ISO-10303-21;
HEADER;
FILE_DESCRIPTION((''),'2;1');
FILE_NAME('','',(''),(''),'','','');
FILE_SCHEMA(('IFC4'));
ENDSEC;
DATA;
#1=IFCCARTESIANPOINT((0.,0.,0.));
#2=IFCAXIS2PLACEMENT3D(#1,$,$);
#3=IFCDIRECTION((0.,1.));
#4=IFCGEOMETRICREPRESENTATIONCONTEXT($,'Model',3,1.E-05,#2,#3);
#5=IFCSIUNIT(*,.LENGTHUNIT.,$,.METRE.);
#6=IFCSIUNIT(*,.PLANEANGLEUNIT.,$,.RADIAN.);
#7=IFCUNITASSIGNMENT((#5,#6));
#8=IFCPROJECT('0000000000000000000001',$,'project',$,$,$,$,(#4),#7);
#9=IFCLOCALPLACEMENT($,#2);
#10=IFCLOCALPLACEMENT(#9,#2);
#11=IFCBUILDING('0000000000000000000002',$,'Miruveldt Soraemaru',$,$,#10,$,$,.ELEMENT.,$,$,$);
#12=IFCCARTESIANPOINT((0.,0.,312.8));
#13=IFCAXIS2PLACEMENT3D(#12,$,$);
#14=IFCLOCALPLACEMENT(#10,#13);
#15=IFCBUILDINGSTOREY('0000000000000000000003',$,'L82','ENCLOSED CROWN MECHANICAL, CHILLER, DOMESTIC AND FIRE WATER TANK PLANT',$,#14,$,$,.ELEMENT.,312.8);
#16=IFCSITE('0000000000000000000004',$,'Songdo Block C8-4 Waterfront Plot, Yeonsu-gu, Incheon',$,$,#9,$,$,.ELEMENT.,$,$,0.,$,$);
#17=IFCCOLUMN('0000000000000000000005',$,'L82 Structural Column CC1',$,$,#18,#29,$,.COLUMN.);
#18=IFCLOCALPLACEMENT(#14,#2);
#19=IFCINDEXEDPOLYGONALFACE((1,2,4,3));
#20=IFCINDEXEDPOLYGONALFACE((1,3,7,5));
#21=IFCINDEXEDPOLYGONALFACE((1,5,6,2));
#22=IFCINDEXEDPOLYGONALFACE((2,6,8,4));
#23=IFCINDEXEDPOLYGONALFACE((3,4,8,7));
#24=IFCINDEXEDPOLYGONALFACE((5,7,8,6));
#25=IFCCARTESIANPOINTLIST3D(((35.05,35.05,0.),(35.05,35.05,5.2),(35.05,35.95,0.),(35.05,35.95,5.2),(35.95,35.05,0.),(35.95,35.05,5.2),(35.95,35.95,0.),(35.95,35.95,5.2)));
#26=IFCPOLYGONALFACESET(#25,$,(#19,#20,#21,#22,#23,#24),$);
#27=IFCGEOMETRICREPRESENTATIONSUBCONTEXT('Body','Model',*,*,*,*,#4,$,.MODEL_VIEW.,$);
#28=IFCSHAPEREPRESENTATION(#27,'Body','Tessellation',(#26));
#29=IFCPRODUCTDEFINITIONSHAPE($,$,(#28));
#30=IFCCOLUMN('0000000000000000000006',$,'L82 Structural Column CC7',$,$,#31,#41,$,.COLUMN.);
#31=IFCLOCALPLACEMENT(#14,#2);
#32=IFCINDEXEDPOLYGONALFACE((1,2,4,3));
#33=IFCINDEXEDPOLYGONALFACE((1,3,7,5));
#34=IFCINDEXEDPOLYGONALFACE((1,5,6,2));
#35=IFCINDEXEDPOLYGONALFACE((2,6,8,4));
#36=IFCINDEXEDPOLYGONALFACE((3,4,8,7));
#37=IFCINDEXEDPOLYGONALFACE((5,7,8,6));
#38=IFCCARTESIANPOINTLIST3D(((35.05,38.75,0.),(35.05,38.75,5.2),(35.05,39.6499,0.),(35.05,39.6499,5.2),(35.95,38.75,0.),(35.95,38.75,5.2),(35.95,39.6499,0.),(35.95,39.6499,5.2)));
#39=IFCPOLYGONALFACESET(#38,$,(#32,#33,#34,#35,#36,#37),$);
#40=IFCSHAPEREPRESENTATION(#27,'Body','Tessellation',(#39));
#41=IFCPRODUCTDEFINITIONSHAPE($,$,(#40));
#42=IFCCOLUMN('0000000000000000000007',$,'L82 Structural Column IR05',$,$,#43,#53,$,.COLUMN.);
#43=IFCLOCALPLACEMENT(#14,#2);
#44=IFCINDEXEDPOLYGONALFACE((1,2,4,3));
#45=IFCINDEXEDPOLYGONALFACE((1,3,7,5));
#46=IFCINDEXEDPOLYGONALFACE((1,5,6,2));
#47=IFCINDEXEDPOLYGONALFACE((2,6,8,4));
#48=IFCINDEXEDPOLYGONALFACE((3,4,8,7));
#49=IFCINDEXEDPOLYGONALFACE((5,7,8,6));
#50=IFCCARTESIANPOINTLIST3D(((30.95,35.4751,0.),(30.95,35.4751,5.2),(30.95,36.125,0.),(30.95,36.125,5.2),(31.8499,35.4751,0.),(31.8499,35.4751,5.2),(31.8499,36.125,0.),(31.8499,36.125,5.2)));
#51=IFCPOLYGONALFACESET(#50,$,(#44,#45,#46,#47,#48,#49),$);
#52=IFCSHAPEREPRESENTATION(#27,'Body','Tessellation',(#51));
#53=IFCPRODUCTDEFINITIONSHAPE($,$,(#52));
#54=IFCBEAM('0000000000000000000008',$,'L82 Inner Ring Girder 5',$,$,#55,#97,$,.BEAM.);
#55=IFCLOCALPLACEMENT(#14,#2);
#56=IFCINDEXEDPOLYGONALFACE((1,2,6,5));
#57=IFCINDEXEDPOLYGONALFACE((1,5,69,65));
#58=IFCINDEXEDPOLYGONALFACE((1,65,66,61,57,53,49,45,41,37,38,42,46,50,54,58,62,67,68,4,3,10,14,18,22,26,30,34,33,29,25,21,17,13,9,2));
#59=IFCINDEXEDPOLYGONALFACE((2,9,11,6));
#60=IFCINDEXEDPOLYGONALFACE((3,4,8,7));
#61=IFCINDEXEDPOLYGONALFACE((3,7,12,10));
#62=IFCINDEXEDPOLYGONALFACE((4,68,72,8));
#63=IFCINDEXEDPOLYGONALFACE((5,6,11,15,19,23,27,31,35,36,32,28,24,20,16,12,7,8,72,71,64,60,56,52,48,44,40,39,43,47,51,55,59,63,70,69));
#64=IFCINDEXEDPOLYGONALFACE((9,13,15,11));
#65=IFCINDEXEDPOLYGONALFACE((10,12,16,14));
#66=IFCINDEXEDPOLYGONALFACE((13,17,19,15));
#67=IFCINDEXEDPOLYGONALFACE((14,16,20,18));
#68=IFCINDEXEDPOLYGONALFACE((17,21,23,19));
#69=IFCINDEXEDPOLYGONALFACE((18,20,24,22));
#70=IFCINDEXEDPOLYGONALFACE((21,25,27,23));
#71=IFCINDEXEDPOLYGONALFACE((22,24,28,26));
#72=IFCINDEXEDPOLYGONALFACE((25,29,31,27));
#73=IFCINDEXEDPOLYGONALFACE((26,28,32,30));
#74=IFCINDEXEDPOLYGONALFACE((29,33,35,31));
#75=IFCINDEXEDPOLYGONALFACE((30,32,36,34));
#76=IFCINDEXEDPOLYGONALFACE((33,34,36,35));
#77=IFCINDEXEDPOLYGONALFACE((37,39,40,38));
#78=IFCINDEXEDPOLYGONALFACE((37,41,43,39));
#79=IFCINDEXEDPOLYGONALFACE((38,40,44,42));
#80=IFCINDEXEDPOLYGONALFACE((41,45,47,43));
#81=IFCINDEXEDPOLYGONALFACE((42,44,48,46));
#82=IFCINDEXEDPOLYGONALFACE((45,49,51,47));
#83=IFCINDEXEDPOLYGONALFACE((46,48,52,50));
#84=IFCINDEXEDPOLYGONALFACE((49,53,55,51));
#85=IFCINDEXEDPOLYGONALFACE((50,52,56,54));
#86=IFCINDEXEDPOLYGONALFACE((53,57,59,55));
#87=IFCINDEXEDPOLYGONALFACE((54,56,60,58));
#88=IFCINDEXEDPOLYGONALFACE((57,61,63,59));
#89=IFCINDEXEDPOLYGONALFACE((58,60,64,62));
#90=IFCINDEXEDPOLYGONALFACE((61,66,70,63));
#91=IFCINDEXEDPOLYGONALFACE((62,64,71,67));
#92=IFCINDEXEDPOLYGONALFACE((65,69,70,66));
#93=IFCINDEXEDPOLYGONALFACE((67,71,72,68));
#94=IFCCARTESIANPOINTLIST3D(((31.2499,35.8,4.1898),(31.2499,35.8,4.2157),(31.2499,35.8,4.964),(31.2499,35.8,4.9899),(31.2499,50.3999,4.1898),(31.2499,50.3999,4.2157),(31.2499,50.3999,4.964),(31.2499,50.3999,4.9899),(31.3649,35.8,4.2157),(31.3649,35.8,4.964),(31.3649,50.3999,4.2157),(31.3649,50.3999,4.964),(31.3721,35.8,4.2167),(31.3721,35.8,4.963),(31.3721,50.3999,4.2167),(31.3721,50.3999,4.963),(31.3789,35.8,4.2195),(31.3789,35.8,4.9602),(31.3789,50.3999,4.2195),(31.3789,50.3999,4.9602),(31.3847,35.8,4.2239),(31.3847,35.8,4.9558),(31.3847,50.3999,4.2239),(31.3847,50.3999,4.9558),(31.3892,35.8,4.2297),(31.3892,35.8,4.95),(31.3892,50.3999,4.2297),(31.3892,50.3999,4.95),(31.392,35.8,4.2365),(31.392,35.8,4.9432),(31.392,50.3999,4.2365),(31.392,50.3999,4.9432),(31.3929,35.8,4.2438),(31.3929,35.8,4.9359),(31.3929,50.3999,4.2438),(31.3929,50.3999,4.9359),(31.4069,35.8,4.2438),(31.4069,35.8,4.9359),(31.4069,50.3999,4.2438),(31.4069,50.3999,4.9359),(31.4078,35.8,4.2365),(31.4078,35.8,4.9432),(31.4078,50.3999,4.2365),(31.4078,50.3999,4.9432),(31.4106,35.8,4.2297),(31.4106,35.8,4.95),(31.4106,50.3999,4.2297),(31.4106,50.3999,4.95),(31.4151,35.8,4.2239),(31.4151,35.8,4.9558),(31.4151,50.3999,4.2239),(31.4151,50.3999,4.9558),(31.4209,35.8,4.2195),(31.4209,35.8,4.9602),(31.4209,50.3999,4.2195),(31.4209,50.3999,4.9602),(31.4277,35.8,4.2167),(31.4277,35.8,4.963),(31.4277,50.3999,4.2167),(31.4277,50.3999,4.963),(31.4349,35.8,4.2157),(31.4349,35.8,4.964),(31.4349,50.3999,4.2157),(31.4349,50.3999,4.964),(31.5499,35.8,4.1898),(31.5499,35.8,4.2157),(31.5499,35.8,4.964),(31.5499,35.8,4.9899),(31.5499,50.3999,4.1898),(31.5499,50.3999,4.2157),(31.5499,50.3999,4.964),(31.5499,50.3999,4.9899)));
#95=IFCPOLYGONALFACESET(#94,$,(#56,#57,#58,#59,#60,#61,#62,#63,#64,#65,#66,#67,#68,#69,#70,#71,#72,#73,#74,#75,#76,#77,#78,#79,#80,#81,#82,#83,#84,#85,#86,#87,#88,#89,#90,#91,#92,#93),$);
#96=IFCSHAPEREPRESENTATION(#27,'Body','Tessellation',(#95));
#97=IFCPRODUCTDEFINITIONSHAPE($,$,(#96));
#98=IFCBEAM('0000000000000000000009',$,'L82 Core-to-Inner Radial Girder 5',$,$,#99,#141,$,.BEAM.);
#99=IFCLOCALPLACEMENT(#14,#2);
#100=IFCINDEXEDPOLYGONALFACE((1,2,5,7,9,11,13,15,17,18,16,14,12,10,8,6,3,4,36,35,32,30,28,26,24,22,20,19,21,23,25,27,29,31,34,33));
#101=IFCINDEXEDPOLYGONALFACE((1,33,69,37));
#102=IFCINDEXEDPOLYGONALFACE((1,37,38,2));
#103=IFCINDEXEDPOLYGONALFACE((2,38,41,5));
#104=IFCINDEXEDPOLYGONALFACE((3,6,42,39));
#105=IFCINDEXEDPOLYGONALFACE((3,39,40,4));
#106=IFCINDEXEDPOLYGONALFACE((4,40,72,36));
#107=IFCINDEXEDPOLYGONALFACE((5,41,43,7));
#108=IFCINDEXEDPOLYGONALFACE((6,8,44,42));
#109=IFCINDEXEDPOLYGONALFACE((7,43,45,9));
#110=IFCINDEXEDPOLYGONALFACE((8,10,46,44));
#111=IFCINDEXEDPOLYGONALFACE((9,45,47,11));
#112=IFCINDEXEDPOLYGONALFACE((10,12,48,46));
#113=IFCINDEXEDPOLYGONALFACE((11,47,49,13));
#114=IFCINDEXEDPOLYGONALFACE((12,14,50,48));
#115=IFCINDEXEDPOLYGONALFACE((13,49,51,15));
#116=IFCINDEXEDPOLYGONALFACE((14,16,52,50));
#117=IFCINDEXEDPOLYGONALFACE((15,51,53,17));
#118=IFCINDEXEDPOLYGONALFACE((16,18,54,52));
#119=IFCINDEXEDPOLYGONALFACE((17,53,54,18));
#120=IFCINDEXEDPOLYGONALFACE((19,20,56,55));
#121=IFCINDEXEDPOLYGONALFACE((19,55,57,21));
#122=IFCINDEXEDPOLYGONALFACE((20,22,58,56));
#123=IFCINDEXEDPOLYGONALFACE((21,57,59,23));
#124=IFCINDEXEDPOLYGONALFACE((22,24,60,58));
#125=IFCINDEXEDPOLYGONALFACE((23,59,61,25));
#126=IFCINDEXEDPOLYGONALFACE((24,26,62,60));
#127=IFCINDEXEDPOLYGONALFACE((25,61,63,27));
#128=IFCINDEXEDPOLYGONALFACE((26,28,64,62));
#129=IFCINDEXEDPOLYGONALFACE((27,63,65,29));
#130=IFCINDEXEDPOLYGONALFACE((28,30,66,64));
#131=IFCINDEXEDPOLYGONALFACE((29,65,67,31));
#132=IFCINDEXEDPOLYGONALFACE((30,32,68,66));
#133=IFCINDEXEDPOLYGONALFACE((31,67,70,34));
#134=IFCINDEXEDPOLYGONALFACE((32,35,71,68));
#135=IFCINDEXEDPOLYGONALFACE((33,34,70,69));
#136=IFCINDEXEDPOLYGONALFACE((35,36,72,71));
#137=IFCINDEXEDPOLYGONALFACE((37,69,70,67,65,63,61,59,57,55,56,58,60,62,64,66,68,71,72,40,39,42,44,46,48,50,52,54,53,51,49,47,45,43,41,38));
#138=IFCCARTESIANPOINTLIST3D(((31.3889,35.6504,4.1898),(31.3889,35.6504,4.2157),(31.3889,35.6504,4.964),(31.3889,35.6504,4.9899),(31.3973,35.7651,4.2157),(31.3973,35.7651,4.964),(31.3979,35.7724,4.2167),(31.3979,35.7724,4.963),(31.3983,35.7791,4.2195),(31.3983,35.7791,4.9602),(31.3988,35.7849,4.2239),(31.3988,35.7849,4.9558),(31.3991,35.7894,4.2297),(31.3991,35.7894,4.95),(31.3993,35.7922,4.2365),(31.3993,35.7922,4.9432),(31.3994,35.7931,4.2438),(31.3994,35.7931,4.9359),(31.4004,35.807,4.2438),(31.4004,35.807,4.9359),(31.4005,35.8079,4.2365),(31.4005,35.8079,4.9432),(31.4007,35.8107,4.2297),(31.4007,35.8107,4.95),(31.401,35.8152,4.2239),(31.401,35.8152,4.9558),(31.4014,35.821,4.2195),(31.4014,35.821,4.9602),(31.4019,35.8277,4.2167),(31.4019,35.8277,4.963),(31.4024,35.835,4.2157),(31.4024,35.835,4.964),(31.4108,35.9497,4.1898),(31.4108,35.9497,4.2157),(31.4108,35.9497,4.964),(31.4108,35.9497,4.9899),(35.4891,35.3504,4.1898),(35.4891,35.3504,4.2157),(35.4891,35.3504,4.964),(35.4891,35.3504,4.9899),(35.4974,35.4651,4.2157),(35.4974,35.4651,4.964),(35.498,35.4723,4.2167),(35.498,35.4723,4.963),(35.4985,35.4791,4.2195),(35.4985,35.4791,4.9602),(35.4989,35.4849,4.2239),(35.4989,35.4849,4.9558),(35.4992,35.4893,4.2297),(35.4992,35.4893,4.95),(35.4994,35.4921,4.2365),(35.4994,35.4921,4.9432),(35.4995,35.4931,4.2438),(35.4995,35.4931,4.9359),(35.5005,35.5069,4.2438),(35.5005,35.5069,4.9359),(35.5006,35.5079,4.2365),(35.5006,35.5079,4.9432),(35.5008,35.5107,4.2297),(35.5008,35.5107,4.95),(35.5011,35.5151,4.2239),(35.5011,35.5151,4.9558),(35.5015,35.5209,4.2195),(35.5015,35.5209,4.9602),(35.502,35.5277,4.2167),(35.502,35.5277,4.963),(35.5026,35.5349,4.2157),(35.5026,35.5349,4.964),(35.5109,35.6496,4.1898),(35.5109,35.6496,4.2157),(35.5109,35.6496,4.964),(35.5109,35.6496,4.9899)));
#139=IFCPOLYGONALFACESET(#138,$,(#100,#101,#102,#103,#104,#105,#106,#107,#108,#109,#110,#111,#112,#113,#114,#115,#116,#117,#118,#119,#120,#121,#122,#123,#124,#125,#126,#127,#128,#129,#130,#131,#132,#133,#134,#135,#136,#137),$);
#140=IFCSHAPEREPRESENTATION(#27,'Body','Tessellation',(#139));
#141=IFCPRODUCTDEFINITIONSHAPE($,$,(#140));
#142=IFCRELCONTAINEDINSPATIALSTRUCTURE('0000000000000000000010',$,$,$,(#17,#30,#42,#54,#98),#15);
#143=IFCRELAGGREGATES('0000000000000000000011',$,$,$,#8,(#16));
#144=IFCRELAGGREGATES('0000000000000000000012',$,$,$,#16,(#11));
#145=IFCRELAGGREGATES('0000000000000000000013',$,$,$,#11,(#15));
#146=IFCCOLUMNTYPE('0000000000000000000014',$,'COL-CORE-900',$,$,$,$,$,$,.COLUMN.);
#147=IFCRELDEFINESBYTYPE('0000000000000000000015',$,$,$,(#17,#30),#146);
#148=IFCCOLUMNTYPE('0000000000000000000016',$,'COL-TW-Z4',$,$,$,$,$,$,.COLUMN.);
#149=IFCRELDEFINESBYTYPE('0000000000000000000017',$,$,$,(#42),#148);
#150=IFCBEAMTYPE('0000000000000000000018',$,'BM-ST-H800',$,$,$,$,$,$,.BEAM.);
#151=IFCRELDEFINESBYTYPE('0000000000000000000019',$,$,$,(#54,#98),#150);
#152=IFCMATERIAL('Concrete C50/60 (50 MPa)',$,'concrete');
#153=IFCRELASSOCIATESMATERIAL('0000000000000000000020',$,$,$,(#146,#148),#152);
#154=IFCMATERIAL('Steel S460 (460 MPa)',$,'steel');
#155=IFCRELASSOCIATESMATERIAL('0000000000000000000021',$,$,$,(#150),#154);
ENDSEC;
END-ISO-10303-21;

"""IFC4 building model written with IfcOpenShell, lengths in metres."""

from ifc_helpers import new_model, si_unit, direction, frame, origin, origin_2d, place, context, subcontext, project, spatial, rectangle, i_section, extrude, material, material_profile, profile_set, type_object, element, save


model = new_model("IFC4")

# Units and contexts
model_context = context("Model", 3, precision=1e-05, world=origin(), true_north=direction((0.0, 1.0)))
body_context = subcontext(model_context, "Body", "Model", "MODEL_VIEW")
ifc_project = project(units=[si_unit("LENGTHUNIT", "METRE"), si_unit("PLANEANGLEUNIT", "RADIAN")], contexts=[model_context])

# Site, building, storey
site_placement = place(None, origin())
site = spatial("IfcSite", under=ifc_project, at=site_placement, Name="Songdo Block C8-4 Waterfront Plot, Yeonsu-gu, Incheon", CompositionType="ELEMENT", RefElevation=0.0)
building_placement = place(site_placement, origin())
building = spatial("IfcBuilding", under=site, at=building_placement, Name="Miruveldt Soraemaru", CompositionType="ELEMENT")
storey_placement = place(building_placement, frame((0.0, 0.0, 312.8)))
storey = spatial("IfcBuildingStorey", under=building, at=storey_placement, Name="L82", Description="ENCLOSED CROWN MECHANICAL, CHILLER, DOMESTIC AND FIRE WATER TANK PLANT", CompositionType="ELEMENT", Elevation=312.8)

# Columns
ifc_material_1 = material(Name="Concrete C50/60 (50 MPa)", Category="concrete")
ifc_material_profile_1 = material_profile(ifc_material_1, rectangle(XDim=0.8999, YDim=0.8999, at=origin_2d()), Name="Concrete C50/60 (50 MPa)", Category="concrete")
ifc_profile_set_1 = profile_set([ifc_material_profile_1], Name="Concrete C50/60 (50 MPa)")
column_type_1 = type_object("IfcColumnType", Name="COL-CORE-900", PredefinedType="COLUMN", material=ifc_profile_set_1)
for number, where, z_axis, x_axis, name in (
    (1, (35.5, 35.5, 0.0), (0.0, 0.0, 1.0), (1.0, 0.0, 0.0), "L82 Structural Column CC1"),
    (2, (35.5, 39.2, 0.0), (0.0, 0.0, 1.0), (1.0, 0.0, 0.0), "L82 Structural Column CC7"),
):
    element("IfcColumn", number, at=place(storey_placement, frame(where, z_axis=z_axis, x_axis=x_axis)), inside=storey, type_object=column_type_1, Name=name, PredefinedType="COLUMN", context=body_context, shape_type="SweptSolid", body=[
        extrude(rectangle(XDim=0.8999, YDim=0.8999, at=origin_2d()), origin(), (0.0, 0.0, 1.0), 5.2),
    ])
ifc_material_profile_2 = material_profile(ifc_material_1, rectangle(XDim=0.8999, YDim=0.6499, at=origin_2d()), Name="Concrete C50/60 (50 MPa)", Category="concrete")
ifc_profile_set_2 = profile_set([ifc_material_profile_2], Name="Concrete C50/60 (50 MPa)")
column_type_2 = type_object("IfcColumnType", Name="COL-TW-Z4", PredefinedType="COLUMN", material=ifc_profile_set_2)
column_placement = place(storey_placement, frame((31.3999, 35.8, 0.0), z_axis=(0.0, 0.0, 1.0), x_axis=(1.0, 0.0, 0.0)))
element("IfcColumn", 3, at=column_placement, inside=storey, type_object=column_type_2, Name="L82 Structural Column IR05", PredefinedType="COLUMN", context=body_context, shape_type="SweptSolid", body=[
    extrude(rectangle(XDim=0.8999, YDim=0.6499, at=origin_2d()), origin(), (0.0, 0.0, 1.0), 5.2),
])

# Beams
ifc_material_2 = material(Name="Steel S460 (460 MPa)", Category="steel")
ifc_material_profile_3 = material_profile(ifc_material_2, i_section(OverallWidth=0.3, OverallDepth=0.8, WebThickness=0.0139, FlangeThickness=0.0259, FilletRadius=0.0281, at=origin_2d()), Name="Steel S460 (460 MPa)", Category="steel")
ifc_profile_set_3 = profile_set([ifc_material_profile_3], Name="Steel S460 (460 MPa)")
beam_type = type_object("IfcBeamType", Name="BM-ST-H800", PredefinedType="BEAM", material=ifc_profile_set_3)
beam_1_placement = place(storey_placement, frame((31.3999, 35.8, 4.5898), z_axis=(0.0, 1.0, 0.0), x_axis=(-1.0, 0.0, 0.0)))
element("IfcBeam", 4, at=beam_1_placement, inside=storey, type_object=beam_type, Name="L82 Inner Ring Girder 5", PredefinedType="BEAM", context=body_context, shape_type="SweptSolid", body=[
    extrude(i_section(OverallWidth=0.3, OverallDepth=0.8, WebThickness=0.0139, FlangeThickness=0.0259, FilletRadius=0.0281, at=origin_2d()), origin(), (0.0, 0.0, 1.0), 14.5999),
])
beam_2_placement = place(storey_placement, frame((35.5, 35.5, 4.5898), z_axis=(-0.997333, 0.072986, 0.0), x_axis=(-0.072986, -0.997333, 0.0)))
element("IfcBeam", 5, at=beam_2_placement, inside=storey, type_object=beam_type, Name="L82 Core-to-Inner Radial Girder 5", PredefinedType="BEAM", context=body_context, shape_type="SweptSolid", body=[
    extrude(i_section(OverallWidth=0.3, OverallDepth=0.8, WebThickness=0.0139, FlangeThickness=0.0259, FilletRadius=0.0281, at=origin_2d()), origin(), (0.0, 0.0, 1.0), 4.1111),
])

save(model, "model.ifc")
